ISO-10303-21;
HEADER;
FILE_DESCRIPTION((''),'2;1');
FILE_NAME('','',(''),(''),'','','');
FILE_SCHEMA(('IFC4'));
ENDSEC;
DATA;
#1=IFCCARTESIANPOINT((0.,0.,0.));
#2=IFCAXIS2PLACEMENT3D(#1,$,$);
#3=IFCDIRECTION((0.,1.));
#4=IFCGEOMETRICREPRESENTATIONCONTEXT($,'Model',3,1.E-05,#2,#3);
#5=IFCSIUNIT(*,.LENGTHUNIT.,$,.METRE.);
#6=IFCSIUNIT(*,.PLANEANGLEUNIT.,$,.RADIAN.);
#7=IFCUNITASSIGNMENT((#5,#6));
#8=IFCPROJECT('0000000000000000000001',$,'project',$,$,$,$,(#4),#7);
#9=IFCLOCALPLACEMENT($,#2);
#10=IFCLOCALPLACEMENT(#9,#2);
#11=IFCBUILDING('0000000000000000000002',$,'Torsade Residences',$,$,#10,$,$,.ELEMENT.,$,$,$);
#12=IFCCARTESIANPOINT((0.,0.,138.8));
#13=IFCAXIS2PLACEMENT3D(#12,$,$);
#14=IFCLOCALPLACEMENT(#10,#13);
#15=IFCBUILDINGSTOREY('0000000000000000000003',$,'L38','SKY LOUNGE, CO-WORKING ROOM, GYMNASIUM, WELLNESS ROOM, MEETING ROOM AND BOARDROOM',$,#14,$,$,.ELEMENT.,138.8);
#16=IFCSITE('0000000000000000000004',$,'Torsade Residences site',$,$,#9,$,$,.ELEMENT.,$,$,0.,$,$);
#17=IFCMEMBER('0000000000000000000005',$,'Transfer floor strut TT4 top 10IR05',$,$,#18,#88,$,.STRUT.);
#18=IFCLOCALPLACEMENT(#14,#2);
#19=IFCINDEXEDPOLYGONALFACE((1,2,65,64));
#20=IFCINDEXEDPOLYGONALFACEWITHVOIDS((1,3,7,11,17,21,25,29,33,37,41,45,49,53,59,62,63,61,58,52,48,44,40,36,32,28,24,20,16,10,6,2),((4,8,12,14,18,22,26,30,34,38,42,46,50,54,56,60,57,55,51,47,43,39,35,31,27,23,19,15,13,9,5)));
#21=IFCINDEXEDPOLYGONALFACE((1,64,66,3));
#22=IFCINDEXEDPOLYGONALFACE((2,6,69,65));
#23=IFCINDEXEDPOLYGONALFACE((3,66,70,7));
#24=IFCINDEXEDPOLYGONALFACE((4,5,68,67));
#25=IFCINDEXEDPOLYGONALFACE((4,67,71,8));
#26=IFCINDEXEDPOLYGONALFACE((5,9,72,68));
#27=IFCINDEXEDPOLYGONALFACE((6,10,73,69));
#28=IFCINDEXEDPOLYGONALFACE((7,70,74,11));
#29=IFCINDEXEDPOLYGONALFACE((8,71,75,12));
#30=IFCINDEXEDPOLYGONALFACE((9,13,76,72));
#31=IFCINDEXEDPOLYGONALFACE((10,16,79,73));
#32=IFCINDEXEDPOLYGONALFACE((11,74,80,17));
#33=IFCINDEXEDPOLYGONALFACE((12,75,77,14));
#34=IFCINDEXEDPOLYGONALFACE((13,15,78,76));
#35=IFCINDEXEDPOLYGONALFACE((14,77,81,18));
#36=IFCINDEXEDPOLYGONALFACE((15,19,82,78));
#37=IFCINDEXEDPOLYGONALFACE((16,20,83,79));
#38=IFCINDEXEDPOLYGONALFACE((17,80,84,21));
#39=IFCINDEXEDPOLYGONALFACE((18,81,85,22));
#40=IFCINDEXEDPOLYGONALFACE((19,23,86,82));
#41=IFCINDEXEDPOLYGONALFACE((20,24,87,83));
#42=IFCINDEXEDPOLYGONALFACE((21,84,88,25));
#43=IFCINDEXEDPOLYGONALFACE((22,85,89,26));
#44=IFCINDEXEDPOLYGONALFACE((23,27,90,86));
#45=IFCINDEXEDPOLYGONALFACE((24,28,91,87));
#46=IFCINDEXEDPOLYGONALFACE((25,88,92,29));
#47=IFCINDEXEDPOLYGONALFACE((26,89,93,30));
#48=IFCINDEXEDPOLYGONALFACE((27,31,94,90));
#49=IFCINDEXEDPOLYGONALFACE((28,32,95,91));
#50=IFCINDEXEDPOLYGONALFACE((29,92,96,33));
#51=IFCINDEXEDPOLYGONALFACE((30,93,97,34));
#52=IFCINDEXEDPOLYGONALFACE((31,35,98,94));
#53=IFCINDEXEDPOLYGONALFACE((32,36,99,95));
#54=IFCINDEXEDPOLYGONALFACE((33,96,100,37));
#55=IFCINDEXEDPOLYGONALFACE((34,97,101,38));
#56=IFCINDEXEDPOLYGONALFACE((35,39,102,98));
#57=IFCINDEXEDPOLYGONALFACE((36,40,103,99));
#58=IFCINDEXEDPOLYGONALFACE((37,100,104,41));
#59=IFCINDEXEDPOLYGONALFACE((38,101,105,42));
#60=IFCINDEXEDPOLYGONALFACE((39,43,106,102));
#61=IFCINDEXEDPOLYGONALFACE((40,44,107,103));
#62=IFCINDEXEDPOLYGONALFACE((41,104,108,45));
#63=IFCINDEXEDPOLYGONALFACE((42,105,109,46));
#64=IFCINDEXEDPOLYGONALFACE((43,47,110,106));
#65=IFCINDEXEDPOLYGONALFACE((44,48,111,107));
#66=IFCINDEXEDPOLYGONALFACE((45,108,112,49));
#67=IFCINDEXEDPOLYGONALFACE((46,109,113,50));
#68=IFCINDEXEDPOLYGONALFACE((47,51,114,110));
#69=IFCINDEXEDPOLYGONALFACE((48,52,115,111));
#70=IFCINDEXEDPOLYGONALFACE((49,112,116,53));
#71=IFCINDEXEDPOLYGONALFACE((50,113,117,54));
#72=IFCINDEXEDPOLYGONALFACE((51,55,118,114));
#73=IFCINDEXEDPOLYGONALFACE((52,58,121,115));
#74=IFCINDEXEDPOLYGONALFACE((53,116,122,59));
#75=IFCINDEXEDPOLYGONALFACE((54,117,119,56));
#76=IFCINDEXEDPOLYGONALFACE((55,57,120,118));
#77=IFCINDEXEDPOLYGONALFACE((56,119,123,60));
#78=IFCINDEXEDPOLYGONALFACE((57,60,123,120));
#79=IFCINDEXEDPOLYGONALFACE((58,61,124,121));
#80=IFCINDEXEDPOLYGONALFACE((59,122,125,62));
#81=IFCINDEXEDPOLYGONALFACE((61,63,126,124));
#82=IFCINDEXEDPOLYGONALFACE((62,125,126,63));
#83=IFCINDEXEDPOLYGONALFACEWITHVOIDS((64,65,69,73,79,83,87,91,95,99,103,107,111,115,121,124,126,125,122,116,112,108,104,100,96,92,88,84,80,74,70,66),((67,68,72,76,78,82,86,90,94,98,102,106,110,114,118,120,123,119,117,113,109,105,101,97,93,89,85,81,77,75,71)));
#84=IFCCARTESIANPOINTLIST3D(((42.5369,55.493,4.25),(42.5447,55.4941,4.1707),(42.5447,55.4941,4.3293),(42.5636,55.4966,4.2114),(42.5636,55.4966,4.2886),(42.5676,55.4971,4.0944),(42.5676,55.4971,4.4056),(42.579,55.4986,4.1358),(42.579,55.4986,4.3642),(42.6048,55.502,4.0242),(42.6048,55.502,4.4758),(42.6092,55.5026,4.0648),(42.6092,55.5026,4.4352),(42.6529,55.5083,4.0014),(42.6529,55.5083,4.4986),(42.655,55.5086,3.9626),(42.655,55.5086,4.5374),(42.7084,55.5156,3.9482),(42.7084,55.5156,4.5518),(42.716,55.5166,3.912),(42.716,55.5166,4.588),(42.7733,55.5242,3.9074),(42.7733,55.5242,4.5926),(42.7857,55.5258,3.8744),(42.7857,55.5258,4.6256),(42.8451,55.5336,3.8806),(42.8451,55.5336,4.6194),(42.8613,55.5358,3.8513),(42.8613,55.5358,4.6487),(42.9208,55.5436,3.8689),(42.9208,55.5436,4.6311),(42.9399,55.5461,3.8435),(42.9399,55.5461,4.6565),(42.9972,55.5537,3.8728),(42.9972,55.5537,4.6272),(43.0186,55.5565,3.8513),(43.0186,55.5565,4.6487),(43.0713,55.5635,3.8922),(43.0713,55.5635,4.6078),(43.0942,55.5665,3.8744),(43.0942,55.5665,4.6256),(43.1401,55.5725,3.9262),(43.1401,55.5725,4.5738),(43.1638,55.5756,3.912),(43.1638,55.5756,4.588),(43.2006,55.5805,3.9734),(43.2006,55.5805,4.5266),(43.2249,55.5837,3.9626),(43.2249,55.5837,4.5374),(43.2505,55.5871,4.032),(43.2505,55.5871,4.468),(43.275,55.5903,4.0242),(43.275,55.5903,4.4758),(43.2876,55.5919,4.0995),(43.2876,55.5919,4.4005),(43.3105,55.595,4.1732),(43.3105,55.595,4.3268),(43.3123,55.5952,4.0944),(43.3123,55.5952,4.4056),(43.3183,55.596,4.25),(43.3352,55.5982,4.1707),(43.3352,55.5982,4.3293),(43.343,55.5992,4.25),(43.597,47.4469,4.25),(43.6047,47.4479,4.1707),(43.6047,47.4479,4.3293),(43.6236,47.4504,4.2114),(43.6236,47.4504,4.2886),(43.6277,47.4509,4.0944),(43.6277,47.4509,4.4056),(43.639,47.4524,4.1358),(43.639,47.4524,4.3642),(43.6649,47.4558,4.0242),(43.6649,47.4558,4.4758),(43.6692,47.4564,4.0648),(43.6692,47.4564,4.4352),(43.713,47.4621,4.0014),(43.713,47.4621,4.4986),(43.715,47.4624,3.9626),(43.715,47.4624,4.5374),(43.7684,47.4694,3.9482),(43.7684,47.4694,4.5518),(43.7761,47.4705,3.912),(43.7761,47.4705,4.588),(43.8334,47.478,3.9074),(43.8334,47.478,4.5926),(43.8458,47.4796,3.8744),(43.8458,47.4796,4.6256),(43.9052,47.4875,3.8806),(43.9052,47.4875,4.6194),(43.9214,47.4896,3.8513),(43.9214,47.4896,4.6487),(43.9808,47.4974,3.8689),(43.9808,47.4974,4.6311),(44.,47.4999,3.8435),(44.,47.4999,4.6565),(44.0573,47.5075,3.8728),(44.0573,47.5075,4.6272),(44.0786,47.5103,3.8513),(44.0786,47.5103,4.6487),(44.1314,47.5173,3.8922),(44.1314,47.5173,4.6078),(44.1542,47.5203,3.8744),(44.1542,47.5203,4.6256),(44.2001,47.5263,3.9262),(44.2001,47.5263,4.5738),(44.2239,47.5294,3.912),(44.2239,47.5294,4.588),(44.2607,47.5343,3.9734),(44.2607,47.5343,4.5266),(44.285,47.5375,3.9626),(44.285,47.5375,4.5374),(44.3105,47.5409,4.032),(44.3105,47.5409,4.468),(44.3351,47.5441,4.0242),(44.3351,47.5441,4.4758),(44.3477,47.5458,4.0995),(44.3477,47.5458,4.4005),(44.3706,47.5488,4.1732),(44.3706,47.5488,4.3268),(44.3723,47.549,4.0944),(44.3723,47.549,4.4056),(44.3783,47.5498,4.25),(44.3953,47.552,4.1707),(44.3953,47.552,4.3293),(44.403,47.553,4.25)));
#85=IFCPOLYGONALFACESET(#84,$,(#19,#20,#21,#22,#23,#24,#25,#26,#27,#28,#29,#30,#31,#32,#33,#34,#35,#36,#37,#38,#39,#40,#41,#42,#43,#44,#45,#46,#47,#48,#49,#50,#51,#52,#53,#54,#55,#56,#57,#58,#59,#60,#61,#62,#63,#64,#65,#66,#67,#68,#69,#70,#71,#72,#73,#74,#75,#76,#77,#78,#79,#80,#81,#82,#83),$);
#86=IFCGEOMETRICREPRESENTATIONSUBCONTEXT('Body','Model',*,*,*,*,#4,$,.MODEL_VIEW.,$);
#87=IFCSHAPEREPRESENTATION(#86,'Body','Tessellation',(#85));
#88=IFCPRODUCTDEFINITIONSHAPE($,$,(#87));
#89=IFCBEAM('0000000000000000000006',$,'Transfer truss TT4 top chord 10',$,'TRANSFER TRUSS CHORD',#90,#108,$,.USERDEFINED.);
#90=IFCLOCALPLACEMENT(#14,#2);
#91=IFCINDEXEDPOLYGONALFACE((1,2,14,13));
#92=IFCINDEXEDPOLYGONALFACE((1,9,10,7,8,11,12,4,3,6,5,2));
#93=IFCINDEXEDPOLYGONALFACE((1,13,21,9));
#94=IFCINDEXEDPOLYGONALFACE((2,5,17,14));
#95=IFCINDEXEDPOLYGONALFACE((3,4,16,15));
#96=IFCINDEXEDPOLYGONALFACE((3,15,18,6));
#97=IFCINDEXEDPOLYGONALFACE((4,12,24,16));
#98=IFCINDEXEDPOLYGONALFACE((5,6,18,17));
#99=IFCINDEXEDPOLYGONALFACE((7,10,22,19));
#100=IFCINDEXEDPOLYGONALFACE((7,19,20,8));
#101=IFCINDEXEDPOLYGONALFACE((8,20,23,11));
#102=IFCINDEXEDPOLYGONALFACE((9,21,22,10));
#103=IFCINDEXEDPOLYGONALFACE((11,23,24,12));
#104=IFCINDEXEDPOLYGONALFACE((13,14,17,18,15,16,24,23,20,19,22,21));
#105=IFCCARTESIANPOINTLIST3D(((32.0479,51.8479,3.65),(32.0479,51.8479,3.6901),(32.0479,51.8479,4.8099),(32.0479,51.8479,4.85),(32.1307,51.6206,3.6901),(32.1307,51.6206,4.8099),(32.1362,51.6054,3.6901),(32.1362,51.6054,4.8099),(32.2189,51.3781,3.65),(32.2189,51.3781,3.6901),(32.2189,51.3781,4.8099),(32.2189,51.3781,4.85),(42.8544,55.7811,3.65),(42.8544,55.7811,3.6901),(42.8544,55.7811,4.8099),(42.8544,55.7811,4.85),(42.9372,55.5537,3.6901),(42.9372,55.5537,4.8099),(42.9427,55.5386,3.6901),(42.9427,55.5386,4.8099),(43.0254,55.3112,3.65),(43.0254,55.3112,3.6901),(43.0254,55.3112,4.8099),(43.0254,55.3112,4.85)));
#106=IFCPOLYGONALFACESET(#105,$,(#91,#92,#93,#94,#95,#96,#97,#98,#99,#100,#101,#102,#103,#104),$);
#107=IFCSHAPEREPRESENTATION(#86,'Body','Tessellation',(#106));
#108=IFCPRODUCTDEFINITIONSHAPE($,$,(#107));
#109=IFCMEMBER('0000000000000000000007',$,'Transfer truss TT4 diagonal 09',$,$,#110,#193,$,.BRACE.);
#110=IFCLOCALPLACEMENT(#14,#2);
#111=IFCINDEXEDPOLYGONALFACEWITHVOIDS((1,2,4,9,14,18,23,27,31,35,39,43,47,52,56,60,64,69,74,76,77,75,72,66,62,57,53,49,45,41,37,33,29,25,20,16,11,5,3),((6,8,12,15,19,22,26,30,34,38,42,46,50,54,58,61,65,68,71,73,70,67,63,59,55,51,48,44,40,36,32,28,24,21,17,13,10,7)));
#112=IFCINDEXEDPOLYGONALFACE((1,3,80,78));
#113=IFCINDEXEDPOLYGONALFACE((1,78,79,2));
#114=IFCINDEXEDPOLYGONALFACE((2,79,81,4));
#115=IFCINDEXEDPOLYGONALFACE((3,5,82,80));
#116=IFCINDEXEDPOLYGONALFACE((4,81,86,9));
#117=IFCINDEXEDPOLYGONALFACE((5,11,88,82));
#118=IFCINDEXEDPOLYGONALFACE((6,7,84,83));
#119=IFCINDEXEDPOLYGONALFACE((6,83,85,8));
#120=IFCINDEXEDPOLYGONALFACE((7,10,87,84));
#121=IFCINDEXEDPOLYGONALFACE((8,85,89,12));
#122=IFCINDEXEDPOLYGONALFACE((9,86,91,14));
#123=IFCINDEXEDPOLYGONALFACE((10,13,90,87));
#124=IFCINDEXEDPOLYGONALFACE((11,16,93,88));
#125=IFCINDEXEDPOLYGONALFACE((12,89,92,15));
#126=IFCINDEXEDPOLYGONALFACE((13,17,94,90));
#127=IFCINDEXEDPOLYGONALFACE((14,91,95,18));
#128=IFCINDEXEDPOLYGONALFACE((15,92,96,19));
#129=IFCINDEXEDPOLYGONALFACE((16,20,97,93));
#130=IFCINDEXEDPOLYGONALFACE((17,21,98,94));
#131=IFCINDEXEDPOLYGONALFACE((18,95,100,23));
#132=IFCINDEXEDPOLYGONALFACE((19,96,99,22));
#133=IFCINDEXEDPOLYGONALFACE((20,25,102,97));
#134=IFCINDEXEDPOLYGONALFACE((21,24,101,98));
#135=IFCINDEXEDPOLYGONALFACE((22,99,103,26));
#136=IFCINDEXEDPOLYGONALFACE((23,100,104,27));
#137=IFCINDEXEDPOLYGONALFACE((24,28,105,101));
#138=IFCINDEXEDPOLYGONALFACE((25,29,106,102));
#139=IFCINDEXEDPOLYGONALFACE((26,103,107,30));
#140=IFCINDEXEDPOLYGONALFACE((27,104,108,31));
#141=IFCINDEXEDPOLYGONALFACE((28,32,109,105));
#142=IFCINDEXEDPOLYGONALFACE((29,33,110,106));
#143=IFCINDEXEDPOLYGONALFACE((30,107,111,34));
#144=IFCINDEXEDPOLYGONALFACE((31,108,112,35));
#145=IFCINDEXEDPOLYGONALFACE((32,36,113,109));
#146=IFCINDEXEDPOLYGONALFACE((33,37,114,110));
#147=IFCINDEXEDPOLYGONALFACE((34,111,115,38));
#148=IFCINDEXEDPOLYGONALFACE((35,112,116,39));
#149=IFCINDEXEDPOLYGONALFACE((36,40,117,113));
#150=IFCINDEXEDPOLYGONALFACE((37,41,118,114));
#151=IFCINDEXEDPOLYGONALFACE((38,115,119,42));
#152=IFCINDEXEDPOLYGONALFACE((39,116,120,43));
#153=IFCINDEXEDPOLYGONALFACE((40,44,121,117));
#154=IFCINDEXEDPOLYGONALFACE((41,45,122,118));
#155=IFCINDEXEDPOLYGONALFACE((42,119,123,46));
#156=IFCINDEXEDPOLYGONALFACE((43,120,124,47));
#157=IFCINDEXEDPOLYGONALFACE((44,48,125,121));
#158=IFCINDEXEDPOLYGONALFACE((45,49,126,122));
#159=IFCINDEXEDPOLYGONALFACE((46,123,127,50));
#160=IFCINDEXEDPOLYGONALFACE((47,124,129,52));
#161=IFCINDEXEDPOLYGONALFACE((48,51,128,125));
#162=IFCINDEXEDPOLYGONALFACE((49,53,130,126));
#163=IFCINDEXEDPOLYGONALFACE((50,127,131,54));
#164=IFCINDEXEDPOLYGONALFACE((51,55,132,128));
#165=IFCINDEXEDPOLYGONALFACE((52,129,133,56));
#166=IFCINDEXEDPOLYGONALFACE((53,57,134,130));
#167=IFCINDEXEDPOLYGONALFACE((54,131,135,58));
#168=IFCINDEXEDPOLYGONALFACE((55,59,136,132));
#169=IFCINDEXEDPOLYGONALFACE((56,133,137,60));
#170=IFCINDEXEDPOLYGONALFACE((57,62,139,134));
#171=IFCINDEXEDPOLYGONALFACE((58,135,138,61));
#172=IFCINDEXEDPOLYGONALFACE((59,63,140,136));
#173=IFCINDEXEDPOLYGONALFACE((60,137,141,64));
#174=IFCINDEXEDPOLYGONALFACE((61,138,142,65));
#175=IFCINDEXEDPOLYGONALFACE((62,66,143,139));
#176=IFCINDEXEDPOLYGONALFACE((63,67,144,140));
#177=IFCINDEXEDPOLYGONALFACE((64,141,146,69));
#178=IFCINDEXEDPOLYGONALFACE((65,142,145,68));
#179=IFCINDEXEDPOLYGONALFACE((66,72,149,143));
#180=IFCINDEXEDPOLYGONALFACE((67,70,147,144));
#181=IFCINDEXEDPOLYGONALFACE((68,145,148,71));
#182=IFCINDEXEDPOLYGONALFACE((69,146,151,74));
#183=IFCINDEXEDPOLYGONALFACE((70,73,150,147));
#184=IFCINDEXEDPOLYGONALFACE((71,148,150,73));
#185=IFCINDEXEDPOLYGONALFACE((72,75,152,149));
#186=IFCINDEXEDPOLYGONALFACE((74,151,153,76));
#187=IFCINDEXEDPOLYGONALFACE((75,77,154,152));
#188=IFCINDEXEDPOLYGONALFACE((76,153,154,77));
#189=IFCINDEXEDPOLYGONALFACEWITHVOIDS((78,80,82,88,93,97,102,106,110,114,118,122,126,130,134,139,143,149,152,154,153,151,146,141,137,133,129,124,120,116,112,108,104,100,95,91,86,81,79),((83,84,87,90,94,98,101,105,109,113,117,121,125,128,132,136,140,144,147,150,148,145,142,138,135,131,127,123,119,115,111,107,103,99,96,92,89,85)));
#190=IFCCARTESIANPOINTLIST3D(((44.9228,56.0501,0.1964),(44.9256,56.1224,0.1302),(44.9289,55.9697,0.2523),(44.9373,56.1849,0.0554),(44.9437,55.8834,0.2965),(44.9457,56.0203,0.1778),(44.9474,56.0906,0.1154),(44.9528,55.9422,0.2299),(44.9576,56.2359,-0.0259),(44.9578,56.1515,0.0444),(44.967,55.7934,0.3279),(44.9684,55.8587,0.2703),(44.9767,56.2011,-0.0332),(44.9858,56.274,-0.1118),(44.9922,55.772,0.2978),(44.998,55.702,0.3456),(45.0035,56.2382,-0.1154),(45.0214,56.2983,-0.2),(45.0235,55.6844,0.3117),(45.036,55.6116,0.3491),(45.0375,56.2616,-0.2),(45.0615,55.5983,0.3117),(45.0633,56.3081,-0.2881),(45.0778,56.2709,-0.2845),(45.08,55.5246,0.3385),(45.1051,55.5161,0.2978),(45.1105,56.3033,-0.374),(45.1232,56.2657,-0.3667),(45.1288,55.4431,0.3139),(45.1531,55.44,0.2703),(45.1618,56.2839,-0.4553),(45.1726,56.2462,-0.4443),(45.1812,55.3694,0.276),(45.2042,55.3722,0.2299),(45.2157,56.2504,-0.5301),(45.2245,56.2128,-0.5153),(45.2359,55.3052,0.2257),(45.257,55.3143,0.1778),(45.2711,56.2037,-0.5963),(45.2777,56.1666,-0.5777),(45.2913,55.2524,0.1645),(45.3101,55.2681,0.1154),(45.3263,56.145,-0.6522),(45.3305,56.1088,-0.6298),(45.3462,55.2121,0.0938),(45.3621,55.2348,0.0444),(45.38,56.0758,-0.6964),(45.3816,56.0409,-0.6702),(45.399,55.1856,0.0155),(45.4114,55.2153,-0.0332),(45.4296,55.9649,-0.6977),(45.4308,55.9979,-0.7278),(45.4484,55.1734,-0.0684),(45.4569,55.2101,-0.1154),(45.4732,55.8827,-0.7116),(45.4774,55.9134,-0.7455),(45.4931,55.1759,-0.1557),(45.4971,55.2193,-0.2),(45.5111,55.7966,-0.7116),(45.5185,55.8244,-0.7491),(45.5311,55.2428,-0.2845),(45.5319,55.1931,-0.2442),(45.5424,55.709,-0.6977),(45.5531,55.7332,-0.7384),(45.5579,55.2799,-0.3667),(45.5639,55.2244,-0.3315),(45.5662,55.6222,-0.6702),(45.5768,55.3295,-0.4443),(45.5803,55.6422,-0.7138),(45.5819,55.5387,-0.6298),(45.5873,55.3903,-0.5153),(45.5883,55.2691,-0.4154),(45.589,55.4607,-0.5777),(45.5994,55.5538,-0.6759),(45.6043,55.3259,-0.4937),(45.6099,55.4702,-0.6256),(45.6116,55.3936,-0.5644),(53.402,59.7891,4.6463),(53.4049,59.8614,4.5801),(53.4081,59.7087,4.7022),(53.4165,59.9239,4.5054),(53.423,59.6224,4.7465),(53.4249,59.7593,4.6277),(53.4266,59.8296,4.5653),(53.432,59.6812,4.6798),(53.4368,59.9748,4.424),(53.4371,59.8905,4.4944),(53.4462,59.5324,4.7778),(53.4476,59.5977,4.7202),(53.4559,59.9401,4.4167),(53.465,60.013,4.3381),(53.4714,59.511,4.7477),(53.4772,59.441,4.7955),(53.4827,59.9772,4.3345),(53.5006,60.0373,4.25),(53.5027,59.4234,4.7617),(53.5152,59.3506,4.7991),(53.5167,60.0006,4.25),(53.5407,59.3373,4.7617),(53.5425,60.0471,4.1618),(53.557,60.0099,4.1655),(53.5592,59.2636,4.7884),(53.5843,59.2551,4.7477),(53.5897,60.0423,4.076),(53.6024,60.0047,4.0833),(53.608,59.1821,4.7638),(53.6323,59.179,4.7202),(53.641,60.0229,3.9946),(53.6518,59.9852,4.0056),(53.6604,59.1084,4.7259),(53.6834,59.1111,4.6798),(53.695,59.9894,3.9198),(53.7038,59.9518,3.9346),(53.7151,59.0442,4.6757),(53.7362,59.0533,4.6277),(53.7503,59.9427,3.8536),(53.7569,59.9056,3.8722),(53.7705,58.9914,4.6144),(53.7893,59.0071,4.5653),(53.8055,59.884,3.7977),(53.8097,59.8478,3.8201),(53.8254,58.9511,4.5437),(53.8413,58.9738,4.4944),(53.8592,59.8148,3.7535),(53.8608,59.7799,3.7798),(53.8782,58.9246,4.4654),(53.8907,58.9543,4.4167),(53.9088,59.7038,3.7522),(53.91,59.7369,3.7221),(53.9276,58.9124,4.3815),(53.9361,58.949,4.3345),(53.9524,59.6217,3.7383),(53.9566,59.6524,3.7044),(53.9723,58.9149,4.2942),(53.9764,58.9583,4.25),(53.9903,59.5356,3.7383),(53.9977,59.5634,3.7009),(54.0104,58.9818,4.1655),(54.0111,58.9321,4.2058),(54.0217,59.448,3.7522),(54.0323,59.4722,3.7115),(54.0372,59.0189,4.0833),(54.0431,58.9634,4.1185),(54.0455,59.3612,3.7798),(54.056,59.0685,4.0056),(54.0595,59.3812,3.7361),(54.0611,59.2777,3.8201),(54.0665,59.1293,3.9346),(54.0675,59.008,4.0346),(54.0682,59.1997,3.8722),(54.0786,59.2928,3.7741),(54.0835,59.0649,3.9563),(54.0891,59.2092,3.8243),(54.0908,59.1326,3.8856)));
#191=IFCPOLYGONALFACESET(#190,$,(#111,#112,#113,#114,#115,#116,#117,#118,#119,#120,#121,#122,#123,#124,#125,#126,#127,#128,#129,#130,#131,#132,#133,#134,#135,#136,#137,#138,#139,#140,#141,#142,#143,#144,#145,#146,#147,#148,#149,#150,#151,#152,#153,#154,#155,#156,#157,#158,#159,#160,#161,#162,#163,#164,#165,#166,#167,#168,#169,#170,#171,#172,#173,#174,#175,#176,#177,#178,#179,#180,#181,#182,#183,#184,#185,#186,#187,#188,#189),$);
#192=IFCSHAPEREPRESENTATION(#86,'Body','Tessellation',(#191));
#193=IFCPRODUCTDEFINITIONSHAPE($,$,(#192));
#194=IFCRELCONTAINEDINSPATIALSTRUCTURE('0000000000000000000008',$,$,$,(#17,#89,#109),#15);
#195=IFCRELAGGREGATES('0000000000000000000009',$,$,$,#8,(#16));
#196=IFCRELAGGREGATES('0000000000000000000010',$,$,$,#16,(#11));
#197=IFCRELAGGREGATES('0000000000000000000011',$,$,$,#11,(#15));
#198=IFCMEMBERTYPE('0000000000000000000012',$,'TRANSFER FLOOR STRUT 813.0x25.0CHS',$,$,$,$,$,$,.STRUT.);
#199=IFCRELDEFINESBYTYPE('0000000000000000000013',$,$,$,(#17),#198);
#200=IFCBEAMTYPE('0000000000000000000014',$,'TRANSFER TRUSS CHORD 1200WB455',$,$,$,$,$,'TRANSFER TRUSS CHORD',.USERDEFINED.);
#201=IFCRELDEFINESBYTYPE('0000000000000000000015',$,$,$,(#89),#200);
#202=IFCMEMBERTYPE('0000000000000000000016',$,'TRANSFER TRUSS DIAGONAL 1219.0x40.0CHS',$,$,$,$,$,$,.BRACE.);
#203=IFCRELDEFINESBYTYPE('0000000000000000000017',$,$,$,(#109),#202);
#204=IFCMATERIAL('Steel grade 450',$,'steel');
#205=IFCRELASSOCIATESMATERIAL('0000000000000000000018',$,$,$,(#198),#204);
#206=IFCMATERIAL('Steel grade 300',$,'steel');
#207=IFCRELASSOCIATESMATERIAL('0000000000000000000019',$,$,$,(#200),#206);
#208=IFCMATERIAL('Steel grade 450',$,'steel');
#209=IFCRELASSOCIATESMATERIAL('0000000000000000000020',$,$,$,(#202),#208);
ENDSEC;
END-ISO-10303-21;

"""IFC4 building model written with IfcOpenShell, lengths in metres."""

from ifc_helpers import new_model, si_unit, direction, frame, origin, origin_2d, place, context, subcontext, project, spatial, hollow_circle, i_section, extrude, material, material_profile, profile_set, type_object, element, save


model = new_model("IFC4")

# Units and contexts
model_context = context("Model", 3, precision=1e-05, world=origin(), true_north=direction((0.0, 1.0)))
body_context = subcontext(model_context, "Body", "Model", "MODEL_VIEW")
ifc_project = project(units=[si_unit("LENGTHUNIT", "METRE"), si_unit("PLANEANGLEUNIT", "RADIAN")], contexts=[model_context])

# Site, building, storey
site_placement = place(None, origin())
site = spatial("IfcSite", under=ifc_project, at=site_placement, Name="Torsade Residences site", CompositionType="ELEMENT", RefElevation=0.0)
building_placement = place(site_placement, origin())
building = spatial("IfcBuilding", under=site, at=building_placement, Name="Torsade Residences", CompositionType="ELEMENT")
storey_placement = place(building_placement, frame((0.0, 0.0, 138.8)))
storey = spatial("IfcBuildingStorey", under=building, at=storey_placement, Name="L38", Description="SKY LOUNGE, CO-WORKING ROOM, GYMNASIUM, WELLNESS ROOM, MEETING ROOM AND BOARDROOM", CompositionType="ELEMENT", Elevation=138.8)

# Member
ifc_material_1 = material(Name="Steel grade 450", Category="steel")
ifc_material_profile_1 = material_profile(ifc_material_1, hollow_circle(Radius=0.4065, WallThickness=0.0249, at=origin_2d()), Name="813.0x25.0CHS")
ifc_profile_set_1 = profile_set([ifc_material_profile_1], Name="Steel grade 450")
member_type_1 = type_object("IfcMemberType", Name="TRANSFER FLOOR STRUT 813.0x25.0CHS", PredefinedType="STRUT", material=ifc_profile_set_1)
member_1_placement = place(storey_placement, frame((42.9399, 55.5461, 4.25), z_axis=(0.130619, -0.991433, 0.0), x_axis=(0.991433, 0.130619, 0.0)))
element("IfcMember", 1, at=member_1_placement, inside=storey, type_object=member_type_1, Name="Transfer floor strut TT4 top 10IR05", PredefinedType="STRUT", context=body_context, shape_type="SweptSolid", body=[
    extrude(hollow_circle(Radius=0.4065, WallThickness=0.0249, at=origin_2d()), origin(), (0.0, 0.0, 1.0), 8.1157),
])

# Beam
ifc_material_2 = material(Name="Steel grade 300", Category="steel")
ifc_material_profile_2 = material_profile(ifc_material_2, i_section(OverallWidth=0.5, OverallDepth=1.2, WebThickness=0.0161, FlangeThickness=0.04, at=origin_2d()), Name="1200WB455")
ifc_profile_set_2 = profile_set([ifc_material_profile_2], Name="Steel grade 300")
beam_type_1 = type_object("IfcBeamType", Name="TRANSFER TRUSS CHORD 1200WB455", ElementType="TRANSFER TRUSS CHORD", PredefinedType="USERDEFINED", material=ifc_profile_set_2)
beam_1_placement = place(storey_placement, frame((42.9399, 55.5461, 4.25), z_axis=(-0.939695, -0.342012, 0.0), x_axis=(0.342012, -0.939695, 0.0)))
element("IfcBeam", 2, at=beam_1_placement, inside=storey, type_object=beam_type_1, Name="Transfer truss TT4 top chord 10", ObjectType="TRANSFER TRUSS CHORD", PredefinedType="USERDEFINED", context=body_context, shape_type="SweptSolid", body=[
    extrude(i_section(OverallWidth=0.5, OverallDepth=1.2, WebThickness=0.0161, FlangeThickness=0.04, at=origin_2d()), origin(), (0.0, 0.0, 1.0), 11.5),
])

# Member
ifc_material_3 = material(Name="Steel grade 450", Category="steel")
ifc_material_profile_3 = material_profile(ifc_material_3, hollow_circle(Radius=0.6096, WallThickness=0.04, at=origin_2d()), Name="1219.0x40.0CHS")
ifc_profile_set_3 = profile_set([ifc_material_profile_3], Name="Steel grade 450")
member_type_2 = type_object("IfcMemberType", Name="TRANSFER TRUSS DIAGONAL 1219.0x40.0CHS", PredefinedType="BRACE", material=ifc_profile_set_3)
member_2_placement = place(storey_placement, frame((45.2673, 55.7405, -0.2), z_axis=(0.824824, 0.363715, 0.432871), x_axis=(-0.403475, 0.914991, 0.0)))
element("IfcMember", 3, at=member_2_placement, inside=storey, type_object=member_type_2, Name="Transfer truss TT4 diagonal 09", PredefinedType="BRACE", context=body_context, shape_type="SweptSolid", body=[
    extrude(hollow_circle(Radius=0.6096, WallThickness=0.04, at=origin_2d()), origin(), (0.0, 0.0, 1.0), 10.28),
])

save(model, "model.ifc")
